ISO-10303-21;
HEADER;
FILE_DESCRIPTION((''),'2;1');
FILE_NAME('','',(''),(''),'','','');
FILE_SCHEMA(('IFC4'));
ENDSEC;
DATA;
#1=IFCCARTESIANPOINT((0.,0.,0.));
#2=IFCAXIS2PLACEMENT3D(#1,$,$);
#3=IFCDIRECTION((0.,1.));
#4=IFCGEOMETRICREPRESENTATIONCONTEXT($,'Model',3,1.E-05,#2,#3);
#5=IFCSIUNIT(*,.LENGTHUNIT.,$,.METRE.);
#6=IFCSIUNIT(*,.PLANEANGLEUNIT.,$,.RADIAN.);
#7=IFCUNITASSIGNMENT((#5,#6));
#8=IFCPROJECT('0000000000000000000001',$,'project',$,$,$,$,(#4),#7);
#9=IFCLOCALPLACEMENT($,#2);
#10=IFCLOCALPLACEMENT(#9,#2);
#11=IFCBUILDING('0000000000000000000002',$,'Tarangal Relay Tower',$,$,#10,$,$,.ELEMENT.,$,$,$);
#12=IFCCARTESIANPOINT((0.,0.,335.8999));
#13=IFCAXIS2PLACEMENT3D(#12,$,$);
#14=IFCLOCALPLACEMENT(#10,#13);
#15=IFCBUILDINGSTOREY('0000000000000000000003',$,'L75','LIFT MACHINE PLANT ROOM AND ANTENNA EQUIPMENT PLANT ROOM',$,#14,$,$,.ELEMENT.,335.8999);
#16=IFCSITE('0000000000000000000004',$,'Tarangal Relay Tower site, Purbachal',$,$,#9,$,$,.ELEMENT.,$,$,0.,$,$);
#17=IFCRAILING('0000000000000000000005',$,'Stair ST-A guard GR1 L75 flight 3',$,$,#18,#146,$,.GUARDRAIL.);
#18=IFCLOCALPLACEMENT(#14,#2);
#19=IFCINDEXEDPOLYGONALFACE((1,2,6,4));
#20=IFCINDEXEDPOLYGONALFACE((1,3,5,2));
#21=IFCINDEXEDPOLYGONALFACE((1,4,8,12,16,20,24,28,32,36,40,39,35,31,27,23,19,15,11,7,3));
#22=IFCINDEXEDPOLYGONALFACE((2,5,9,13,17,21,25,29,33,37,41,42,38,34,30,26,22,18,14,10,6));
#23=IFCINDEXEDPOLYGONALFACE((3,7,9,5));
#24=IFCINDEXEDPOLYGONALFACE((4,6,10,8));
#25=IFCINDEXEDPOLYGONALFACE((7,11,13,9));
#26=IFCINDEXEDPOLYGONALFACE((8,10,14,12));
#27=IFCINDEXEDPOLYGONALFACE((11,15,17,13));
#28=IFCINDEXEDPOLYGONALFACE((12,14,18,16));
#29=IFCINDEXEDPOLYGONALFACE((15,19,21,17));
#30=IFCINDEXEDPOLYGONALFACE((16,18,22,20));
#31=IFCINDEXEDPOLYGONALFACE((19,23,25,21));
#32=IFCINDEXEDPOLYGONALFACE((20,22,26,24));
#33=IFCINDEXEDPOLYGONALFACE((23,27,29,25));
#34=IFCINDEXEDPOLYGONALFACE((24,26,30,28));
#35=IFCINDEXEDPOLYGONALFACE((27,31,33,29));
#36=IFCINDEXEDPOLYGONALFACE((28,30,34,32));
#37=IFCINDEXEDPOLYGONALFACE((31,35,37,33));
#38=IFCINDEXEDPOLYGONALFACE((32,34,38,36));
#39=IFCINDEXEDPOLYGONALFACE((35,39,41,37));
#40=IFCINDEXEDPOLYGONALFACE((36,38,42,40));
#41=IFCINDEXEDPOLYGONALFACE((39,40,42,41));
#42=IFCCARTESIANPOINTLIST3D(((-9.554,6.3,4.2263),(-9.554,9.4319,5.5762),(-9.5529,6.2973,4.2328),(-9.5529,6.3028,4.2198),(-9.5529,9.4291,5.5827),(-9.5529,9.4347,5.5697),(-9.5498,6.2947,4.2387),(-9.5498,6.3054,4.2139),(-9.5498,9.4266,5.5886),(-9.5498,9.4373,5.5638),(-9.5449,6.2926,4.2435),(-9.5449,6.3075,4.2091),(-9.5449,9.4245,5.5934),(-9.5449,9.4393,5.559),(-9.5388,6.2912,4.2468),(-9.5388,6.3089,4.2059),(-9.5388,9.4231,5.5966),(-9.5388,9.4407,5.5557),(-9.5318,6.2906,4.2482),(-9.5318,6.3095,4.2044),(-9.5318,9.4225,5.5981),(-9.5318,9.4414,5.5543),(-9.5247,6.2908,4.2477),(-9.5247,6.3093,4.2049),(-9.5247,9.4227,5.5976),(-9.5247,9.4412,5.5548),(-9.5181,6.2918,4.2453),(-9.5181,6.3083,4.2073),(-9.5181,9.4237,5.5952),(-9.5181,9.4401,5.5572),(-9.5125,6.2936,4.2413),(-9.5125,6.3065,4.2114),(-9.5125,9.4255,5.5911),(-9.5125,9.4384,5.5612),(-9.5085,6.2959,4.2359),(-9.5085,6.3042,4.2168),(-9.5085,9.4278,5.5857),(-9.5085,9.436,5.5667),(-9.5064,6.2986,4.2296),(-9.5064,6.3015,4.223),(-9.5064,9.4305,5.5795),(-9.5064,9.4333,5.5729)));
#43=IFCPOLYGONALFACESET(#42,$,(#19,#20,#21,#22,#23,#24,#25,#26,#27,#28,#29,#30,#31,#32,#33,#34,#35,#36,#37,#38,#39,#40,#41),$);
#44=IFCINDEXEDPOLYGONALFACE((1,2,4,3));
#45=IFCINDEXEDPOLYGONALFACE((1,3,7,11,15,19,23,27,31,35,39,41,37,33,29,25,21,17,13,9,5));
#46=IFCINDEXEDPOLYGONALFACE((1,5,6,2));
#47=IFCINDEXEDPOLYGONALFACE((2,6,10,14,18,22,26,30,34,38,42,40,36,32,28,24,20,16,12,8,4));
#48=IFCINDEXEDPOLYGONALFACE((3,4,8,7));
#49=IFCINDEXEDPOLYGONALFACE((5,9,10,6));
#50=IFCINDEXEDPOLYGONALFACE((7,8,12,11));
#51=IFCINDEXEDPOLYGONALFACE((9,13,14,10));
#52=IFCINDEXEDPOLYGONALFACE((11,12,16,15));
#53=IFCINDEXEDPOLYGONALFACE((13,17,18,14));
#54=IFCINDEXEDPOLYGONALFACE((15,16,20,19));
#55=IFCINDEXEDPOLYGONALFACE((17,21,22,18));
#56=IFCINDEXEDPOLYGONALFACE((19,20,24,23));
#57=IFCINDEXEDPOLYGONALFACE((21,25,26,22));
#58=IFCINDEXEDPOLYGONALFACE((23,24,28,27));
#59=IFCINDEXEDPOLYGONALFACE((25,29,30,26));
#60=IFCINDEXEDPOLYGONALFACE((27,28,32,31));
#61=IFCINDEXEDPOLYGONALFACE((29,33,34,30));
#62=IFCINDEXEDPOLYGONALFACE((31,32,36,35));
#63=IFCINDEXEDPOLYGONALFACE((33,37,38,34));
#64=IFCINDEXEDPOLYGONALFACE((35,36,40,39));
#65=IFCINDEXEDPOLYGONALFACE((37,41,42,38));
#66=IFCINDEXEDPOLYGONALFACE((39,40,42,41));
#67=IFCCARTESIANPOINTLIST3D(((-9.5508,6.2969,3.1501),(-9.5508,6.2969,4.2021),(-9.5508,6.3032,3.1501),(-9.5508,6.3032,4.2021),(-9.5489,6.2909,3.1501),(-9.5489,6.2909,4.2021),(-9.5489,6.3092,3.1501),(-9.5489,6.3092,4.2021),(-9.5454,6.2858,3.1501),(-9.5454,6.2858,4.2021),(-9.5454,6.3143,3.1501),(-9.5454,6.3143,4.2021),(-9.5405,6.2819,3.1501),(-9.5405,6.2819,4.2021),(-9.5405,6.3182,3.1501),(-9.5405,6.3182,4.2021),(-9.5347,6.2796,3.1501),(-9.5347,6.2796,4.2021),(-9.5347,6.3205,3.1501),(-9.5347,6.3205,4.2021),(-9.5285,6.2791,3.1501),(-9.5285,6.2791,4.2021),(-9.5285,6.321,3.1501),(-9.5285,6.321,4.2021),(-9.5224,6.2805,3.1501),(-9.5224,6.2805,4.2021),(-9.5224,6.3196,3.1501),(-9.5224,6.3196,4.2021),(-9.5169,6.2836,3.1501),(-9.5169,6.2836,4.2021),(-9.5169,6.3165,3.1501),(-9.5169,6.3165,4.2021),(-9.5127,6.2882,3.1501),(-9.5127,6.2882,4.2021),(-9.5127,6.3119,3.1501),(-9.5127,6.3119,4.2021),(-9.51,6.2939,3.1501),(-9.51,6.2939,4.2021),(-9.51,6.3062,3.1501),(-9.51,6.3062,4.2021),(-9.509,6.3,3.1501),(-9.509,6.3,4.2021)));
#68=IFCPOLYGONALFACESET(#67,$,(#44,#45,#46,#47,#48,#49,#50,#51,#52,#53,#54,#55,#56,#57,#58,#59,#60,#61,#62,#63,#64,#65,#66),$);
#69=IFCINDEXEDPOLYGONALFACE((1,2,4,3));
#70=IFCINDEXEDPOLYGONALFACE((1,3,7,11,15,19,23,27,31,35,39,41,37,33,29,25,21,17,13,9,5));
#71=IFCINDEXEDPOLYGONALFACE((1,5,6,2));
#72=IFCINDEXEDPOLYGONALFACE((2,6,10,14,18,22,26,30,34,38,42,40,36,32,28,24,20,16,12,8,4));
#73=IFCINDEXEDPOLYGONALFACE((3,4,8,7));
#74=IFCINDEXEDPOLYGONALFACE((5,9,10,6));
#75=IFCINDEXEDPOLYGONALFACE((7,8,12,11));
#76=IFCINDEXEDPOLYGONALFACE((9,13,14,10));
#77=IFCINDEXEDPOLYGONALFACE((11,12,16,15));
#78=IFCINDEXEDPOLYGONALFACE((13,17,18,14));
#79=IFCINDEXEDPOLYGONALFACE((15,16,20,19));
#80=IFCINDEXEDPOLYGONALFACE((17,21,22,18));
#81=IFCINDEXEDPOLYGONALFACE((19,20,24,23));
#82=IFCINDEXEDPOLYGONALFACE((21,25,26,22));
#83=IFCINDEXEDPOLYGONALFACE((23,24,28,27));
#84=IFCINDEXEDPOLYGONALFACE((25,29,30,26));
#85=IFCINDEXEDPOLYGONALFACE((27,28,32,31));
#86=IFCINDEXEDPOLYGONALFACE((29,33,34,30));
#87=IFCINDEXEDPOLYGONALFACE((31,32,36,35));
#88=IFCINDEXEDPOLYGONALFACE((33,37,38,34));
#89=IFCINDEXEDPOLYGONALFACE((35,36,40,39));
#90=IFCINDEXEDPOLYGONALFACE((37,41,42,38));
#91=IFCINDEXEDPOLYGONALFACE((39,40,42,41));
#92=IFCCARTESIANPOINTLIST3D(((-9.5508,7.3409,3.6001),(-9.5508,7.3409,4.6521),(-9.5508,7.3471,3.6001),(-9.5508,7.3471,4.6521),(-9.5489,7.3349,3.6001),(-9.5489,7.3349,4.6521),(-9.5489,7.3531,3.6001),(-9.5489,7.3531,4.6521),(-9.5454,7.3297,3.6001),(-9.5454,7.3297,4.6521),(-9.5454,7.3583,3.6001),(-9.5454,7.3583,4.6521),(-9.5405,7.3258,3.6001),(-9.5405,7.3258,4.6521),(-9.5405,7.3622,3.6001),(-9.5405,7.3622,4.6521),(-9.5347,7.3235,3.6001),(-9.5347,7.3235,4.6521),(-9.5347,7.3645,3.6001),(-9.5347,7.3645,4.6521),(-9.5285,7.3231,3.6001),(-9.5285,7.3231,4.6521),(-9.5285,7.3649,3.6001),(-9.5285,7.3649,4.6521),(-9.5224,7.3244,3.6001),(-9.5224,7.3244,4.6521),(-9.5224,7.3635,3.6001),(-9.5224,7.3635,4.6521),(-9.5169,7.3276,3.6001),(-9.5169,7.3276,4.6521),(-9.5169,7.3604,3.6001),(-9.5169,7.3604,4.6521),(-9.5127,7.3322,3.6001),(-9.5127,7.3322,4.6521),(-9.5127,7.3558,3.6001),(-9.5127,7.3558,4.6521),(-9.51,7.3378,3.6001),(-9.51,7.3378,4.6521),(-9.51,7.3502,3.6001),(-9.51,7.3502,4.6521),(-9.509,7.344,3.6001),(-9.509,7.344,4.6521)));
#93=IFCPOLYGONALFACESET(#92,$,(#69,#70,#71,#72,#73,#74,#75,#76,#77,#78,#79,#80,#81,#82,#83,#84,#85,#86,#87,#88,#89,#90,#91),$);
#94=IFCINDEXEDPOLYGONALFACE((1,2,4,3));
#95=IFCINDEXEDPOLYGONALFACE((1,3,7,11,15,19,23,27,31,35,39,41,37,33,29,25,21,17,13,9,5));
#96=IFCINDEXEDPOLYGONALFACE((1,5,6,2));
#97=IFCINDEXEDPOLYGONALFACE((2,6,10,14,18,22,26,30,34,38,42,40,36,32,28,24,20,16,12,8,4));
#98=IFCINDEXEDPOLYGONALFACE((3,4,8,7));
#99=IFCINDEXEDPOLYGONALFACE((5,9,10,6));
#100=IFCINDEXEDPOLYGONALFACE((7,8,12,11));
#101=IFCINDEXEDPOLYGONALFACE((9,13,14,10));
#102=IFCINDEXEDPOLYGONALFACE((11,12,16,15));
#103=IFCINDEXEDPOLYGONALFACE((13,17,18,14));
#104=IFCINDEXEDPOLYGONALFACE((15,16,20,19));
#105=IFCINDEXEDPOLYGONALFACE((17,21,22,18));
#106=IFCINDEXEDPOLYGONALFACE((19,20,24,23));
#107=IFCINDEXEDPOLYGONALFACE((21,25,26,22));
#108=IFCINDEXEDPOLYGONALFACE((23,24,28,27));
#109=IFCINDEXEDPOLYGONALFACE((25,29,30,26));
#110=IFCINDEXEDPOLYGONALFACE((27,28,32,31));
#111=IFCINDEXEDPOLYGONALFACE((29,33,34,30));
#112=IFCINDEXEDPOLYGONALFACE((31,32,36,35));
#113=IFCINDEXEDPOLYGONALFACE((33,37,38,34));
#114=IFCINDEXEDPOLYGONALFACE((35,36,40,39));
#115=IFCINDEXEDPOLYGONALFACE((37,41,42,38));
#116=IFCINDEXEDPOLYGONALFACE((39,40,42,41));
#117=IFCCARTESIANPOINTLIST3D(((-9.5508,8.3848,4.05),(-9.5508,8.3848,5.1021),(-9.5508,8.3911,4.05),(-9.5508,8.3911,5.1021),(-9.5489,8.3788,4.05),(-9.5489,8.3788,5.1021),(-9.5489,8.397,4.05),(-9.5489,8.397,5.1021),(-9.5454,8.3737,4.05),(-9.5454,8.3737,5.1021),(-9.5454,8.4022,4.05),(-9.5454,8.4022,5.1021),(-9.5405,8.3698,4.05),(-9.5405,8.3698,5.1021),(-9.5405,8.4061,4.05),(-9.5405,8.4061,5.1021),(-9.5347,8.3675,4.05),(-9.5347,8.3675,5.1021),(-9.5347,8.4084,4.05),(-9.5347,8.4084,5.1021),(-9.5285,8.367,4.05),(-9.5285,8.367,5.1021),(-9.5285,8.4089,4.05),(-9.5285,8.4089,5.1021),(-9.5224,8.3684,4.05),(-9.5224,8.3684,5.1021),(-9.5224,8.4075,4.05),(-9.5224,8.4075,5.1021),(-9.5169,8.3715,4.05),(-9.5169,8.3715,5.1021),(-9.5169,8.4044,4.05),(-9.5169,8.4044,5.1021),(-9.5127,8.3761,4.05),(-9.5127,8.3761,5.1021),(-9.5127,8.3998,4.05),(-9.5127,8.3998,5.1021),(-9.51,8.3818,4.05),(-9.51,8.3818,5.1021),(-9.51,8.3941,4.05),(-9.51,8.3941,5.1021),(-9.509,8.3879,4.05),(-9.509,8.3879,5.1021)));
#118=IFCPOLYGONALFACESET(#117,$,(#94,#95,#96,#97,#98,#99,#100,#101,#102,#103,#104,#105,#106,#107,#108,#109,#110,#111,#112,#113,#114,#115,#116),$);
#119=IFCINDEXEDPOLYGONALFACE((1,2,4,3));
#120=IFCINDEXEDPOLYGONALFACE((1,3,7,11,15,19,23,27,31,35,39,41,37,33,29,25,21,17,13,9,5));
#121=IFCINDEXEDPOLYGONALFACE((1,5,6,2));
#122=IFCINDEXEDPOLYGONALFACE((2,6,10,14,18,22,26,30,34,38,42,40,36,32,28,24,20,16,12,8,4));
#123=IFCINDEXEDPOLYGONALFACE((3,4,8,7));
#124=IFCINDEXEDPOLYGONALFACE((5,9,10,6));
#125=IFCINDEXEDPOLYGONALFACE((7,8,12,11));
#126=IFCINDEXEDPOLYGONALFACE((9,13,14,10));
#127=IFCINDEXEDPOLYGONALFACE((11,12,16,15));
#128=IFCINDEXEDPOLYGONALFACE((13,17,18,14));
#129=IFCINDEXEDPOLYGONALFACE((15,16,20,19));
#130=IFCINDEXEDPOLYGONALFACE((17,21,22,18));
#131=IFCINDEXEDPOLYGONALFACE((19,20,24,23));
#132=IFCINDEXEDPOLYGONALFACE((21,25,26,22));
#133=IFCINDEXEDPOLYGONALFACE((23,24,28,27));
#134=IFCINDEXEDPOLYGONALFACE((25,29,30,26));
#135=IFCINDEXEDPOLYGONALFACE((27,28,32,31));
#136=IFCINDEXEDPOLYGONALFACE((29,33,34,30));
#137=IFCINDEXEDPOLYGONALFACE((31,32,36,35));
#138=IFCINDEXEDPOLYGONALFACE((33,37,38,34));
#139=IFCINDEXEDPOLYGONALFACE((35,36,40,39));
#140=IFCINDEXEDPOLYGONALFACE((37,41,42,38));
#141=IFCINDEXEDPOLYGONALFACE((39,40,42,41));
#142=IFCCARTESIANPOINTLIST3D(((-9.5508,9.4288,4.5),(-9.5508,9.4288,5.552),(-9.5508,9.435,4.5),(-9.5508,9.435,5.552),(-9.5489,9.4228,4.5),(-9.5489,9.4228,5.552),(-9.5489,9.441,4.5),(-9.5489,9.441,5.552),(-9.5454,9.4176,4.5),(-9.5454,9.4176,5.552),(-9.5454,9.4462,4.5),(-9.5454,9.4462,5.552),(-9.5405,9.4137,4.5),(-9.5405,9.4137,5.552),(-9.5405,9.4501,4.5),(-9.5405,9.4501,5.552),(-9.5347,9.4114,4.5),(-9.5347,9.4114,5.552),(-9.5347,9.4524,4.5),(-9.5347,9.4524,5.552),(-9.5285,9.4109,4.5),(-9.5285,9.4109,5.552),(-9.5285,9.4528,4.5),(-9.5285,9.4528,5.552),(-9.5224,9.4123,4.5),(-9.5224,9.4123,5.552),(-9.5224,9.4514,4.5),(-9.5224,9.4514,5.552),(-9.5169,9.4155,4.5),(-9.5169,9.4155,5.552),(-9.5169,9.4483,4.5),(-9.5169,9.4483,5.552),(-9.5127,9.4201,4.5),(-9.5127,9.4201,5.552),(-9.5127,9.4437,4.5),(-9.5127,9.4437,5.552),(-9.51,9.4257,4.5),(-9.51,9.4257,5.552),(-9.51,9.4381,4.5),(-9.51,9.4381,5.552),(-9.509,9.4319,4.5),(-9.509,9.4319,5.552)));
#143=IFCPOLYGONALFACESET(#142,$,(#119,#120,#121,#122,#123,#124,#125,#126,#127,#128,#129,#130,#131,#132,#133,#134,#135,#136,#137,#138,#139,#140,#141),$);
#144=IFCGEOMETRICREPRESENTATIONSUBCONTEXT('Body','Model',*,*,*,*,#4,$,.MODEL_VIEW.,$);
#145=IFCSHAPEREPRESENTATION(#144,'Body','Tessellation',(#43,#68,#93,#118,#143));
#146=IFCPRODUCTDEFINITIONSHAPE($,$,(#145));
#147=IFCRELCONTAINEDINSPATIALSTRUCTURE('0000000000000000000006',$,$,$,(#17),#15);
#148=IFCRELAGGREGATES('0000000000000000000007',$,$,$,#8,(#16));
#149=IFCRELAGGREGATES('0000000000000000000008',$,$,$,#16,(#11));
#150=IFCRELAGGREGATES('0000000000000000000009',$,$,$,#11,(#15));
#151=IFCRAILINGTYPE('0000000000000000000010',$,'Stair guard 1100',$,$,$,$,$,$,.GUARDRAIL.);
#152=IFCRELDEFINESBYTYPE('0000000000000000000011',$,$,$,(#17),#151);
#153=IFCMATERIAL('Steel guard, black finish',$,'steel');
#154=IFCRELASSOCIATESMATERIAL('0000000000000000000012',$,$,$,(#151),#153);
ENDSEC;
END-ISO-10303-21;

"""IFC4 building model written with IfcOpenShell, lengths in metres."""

from ifc_helpers import new_model, si_unit, direction, frame, origin, origin_2d, place, context, subcontext, project, spatial, circle, extrude, material, type_object, element, save


model = new_model("IFC4")

# Units and contexts
model_context = context("Model", 3, precision=1e-05, world=origin(), true_north=direction((0.0, 1.0)))
body_context = subcontext(model_context, "Body", "Model", "MODEL_VIEW")
ifc_project = project(units=[si_unit("LENGTHUNIT", "METRE"), si_unit("PLANEANGLEUNIT", "RADIAN")], contexts=[model_context])

# Site, building, storey
site_placement = place(None, origin())
site = spatial("IfcSite", under=ifc_project, at=site_placement, Name="Tarangal Relay Tower site, Purbachal", CompositionType="ELEMENT", RefElevation=0.0)
building_placement = place(site_placement, origin())
building = spatial("IfcBuilding", under=site, at=building_placement, Name="Tarangal Relay Tower", CompositionType="ELEMENT")
storey_placement = place(building_placement, frame((0.0, 0.0, 335.8999)))
storey = spatial("IfcBuildingStorey", under=building, at=storey_placement, Name="L75", Description="LIFT MACHINE PLANT ROOM AND ANTENNA EQUIPMENT PLANT ROOM", CompositionType="ELEMENT", Elevation=335.8999)

# Railing
ifc_material_1 = material(Name="Steel guard, black finish", Category="steel")
railing_type = type_object("IfcRailingType", Name="Stair guard 1100", PredefinedType="GUARDRAIL", material=ifc_material_1)
railing_1_placement = place(storey_placement, frame((-9.53, 6.3, 3.1501)))
element("IfcRailing", 1, at=railing_1_placement, inside=storey, type_object=railing_type, Name="Stair ST-A guard GR1 L75 flight 3", PredefinedType="GUARDRAIL", context=body_context, shape_type="SweptSolid", body=[
    extrude(circle(Radius=0.0239, at=origin_2d()), frame((0.0, 0.0, 1.0762), z_axis=(0.0, 0.918332, 0.395811), x_axis=(-1.0, 0.0, 0.0)), (0.0, 0.0, 1.0), 3.4104),
    extrude(circle(Radius=0.021, at=origin_2d()), origin(), (0.0, 0.0, 1.0), 1.052),
    extrude(circle(Radius=0.021, at=origin_2d()), frame((0.0, 1.0439, 0.45)), (0.0, 0.0, 1.0), 1.052),
    extrude(circle(Radius=0.021, at=origin_2d()), frame((0.0, 2.0879, 0.8999)), (0.0, 0.0, 1.0), 1.052),
    extrude(circle(Radius=0.021, at=origin_2d()), frame((0.0, 3.1318, 1.3499)), (0.0, 0.0, 1.0), 1.052),
])

save(model, "model.ifc")
